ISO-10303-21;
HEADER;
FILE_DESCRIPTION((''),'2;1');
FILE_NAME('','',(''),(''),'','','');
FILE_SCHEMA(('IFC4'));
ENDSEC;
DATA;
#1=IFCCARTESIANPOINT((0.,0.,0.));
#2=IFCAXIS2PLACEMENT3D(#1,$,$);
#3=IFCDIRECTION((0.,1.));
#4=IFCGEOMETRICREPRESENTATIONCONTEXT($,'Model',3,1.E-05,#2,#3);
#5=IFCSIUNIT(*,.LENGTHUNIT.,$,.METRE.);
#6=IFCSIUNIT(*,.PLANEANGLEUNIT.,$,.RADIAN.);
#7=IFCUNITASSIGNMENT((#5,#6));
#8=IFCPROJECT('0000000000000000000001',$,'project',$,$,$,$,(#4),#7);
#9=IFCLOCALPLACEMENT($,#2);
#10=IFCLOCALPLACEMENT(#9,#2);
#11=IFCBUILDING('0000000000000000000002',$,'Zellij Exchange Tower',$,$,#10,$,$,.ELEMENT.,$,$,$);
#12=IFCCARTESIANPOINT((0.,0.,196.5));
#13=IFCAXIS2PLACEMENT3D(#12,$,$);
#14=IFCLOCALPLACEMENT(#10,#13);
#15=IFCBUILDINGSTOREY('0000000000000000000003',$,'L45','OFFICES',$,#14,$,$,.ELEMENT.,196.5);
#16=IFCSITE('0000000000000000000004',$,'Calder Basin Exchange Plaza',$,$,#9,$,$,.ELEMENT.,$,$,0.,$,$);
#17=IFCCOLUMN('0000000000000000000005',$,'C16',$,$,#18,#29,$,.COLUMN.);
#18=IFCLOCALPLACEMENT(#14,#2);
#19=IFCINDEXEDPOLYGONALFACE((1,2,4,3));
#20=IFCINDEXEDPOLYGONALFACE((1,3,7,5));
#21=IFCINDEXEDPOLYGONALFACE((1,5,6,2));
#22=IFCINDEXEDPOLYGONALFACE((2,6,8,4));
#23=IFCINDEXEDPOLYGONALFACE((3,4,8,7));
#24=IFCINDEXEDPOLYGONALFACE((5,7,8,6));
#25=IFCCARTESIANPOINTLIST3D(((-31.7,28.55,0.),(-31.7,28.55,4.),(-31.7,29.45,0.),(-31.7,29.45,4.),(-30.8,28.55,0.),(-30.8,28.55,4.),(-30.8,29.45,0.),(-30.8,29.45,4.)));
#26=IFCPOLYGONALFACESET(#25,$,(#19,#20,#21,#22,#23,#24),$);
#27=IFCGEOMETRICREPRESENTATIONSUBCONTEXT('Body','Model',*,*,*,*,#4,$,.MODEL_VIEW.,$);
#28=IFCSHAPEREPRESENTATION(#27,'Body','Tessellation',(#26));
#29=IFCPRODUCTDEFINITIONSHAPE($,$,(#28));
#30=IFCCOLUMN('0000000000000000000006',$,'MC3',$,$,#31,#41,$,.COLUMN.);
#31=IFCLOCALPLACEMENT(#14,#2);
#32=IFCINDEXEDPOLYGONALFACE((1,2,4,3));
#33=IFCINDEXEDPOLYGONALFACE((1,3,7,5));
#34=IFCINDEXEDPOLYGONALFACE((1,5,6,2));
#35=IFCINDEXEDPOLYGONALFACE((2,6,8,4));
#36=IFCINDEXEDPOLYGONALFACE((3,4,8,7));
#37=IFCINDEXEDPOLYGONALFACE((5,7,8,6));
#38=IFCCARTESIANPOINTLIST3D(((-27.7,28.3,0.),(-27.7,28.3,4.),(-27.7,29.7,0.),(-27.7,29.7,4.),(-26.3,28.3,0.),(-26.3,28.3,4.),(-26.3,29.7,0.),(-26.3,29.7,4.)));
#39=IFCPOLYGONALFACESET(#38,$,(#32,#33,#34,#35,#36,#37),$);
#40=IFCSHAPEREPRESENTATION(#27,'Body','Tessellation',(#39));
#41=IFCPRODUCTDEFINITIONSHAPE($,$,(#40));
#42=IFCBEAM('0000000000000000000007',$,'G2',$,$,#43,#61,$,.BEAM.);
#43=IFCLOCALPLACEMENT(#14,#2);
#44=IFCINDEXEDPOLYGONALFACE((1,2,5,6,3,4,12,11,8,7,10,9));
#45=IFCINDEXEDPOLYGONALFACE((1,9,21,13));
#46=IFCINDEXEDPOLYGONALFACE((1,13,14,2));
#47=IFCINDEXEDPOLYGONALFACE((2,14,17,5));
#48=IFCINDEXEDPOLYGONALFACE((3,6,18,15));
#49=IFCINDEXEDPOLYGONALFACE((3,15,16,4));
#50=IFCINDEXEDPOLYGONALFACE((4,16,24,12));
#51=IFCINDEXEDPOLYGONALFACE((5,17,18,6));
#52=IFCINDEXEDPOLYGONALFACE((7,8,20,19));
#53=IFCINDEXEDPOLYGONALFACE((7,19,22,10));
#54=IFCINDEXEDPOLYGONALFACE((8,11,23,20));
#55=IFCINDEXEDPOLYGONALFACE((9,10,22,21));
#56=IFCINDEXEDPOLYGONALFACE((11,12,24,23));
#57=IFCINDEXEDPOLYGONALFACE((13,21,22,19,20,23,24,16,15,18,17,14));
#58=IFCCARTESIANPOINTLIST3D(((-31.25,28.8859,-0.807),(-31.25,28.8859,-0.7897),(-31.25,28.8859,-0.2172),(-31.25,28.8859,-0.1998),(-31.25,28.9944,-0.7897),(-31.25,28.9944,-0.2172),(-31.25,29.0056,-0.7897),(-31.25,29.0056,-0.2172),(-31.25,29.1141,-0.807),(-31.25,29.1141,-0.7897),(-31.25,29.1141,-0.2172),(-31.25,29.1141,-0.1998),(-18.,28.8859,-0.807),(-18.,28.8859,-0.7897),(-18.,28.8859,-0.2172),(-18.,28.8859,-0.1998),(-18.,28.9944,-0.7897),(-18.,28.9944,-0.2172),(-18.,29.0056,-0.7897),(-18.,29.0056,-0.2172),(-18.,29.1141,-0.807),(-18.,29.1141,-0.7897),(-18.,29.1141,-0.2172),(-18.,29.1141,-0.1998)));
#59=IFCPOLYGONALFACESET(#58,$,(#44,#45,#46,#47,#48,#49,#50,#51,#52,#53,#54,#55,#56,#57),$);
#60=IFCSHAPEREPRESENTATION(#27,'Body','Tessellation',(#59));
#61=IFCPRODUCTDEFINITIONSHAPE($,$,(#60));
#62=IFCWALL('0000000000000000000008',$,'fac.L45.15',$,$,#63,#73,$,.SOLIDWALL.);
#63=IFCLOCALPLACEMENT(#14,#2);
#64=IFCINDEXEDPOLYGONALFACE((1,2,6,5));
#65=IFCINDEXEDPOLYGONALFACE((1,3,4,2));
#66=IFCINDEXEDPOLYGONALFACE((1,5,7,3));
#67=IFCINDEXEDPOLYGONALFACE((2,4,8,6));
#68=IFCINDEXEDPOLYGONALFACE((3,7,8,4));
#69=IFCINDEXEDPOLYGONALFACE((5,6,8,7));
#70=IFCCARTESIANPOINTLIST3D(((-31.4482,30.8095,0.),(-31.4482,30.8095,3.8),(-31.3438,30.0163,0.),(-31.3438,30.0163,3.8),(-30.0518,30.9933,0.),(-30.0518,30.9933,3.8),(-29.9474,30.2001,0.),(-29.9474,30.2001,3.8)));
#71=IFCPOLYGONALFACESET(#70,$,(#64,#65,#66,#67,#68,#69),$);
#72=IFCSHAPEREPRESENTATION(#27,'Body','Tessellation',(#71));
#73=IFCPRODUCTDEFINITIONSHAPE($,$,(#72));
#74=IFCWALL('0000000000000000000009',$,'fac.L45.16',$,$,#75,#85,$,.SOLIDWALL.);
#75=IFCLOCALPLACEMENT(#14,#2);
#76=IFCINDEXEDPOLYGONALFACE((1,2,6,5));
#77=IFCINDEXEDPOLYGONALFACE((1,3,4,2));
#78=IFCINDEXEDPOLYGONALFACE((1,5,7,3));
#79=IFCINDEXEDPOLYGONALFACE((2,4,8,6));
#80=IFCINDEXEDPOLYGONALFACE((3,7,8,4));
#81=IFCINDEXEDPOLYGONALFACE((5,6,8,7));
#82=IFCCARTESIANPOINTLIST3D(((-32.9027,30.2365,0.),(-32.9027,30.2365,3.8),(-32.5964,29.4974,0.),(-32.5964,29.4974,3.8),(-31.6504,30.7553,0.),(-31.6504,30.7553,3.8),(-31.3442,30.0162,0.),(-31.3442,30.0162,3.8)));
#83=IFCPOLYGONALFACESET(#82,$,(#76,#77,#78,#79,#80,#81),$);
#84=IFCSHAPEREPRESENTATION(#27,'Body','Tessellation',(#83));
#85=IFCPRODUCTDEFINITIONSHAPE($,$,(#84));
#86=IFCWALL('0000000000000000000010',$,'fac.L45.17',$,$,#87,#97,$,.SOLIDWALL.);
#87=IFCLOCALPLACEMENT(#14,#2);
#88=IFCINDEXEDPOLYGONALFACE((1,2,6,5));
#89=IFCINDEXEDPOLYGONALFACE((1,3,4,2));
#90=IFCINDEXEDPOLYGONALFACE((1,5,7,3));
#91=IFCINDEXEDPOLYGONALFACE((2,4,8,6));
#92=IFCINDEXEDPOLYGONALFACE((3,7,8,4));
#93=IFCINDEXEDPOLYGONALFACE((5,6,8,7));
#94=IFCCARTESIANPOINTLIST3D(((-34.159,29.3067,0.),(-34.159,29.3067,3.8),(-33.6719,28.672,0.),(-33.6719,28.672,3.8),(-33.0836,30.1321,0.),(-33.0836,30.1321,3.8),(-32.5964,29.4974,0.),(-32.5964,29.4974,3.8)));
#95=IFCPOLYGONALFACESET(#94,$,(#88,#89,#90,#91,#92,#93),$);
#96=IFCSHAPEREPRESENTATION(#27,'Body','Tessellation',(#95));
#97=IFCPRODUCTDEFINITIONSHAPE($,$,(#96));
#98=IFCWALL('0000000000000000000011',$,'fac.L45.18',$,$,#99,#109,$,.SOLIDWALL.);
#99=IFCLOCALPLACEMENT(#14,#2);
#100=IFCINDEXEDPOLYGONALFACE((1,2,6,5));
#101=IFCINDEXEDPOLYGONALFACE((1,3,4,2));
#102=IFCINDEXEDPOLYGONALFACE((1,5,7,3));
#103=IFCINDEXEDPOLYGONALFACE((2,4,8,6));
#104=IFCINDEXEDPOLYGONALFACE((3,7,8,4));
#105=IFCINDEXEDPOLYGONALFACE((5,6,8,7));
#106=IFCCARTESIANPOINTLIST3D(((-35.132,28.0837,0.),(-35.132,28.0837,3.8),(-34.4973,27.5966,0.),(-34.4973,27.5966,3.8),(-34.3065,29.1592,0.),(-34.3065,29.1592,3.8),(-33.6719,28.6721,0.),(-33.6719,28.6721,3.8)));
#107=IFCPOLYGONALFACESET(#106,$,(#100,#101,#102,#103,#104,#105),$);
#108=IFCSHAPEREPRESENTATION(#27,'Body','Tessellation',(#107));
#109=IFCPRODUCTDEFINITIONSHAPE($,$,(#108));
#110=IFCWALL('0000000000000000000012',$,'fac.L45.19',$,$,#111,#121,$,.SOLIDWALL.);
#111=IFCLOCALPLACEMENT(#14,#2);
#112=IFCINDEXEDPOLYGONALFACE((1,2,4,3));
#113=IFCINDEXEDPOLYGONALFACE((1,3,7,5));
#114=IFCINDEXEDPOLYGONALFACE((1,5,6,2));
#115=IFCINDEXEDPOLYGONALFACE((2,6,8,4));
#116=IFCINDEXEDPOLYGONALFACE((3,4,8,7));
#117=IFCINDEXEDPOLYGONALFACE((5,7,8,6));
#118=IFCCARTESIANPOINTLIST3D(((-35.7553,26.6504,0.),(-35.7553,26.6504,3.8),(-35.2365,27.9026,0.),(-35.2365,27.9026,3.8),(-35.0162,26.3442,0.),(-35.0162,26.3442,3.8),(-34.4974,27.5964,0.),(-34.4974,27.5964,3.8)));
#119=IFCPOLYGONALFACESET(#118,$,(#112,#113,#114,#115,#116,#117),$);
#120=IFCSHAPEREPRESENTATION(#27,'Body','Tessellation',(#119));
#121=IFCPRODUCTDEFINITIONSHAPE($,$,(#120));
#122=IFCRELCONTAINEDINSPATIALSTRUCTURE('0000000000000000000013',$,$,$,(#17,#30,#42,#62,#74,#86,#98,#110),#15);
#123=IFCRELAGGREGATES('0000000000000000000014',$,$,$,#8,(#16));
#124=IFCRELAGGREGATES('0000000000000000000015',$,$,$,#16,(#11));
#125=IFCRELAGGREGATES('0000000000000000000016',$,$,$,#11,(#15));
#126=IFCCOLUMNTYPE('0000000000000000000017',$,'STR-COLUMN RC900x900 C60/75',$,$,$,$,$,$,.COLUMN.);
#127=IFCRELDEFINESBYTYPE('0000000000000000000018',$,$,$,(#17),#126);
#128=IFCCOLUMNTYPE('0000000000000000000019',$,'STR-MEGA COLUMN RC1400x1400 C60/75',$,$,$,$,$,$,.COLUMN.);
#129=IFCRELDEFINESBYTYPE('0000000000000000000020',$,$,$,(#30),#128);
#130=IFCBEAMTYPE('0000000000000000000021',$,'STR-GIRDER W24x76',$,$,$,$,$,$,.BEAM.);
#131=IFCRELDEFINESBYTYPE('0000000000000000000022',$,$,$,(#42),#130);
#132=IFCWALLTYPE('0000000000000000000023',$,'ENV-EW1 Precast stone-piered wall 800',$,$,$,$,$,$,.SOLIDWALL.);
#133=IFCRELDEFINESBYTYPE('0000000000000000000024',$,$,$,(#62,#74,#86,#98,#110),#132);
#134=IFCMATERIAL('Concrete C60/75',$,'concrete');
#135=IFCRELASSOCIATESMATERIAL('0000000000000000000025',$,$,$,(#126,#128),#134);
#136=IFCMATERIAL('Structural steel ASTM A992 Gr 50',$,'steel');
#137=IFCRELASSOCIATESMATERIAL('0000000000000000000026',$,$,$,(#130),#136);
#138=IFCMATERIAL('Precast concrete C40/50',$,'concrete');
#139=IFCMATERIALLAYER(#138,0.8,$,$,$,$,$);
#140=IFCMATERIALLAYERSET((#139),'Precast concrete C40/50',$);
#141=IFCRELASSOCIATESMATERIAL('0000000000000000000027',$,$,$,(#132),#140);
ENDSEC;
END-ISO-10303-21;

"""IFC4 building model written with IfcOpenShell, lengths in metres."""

from ifc_helpers import new_model, si_unit, direction, frame, frame_2d, origin, origin_2d, place, context, subcontext, project, spatial, rectangle, i_section, extrude, material, layer, layer_set, material_profile, profile_set, type_object, element, save


model = new_model("IFC4")

# Units and contexts
model_context = context("Model", 3, precision=1e-05, world=origin(), true_north=direction((0.0, 1.0)))
body_context = subcontext(model_context, "Body", "Model", "MODEL_VIEW")
ifc_project = project(units=[si_unit("LENGTHUNIT", "METRE"), si_unit("PLANEANGLEUNIT", "RADIAN")], contexts=[model_context])

# Site, building, storey
site_placement = place(None, origin())
site = spatial("IfcSite", under=ifc_project, at=site_placement, Name="Calder Basin Exchange Plaza", CompositionType="ELEMENT", RefElevation=0.0)
building_placement = place(site_placement, origin())
building = spatial("IfcBuilding", under=site, at=building_placement, Name="Zellij Exchange Tower", CompositionType="ELEMENT")
storey_placement = place(building_placement, frame((0.0, 0.0, 196.5)))
storey = spatial("IfcBuildingStorey", under=building, at=storey_placement, Name="L45", Description="OFFICES", CompositionType="ELEMENT", Elevation=196.5)

# Columns
ifc_material_1 = material(Name="Concrete C60/75", Category="concrete")
ifc_material_profile_1 = material_profile(ifc_material_1, rectangle(XDim=0.8999, YDim=0.8999, at=origin_2d()), Name="STR-COLUMN RC900x900 C60/75")
ifc_profile_set_1 = profile_set([ifc_material_profile_1], Name="Concrete C60/75")
column_type_1 = type_object("IfcColumnType", Name="STR-COLUMN RC900x900 C60/75", PredefinedType="COLUMN", material=ifc_profile_set_1)
column_1_placement = place(storey_placement, frame((-31.25, 29.0, 0.0), z_axis=(0.0, 0.0, 1.0), x_axis=(1.0, 0.0, 0.0)))
element("IfcColumn", 1, at=column_1_placement, inside=storey, type_object=column_type_1, Name="C16", PredefinedType="COLUMN", context=body_context, shape_type="SweptSolid", body=[
    extrude(rectangle(XDim=0.8999, YDim=0.8999, at=origin_2d()), origin(), (0.0, 0.0, 1.0), 4.0),
])
ifc_material_profile_2 = material_profile(ifc_material_1, rectangle(XDim=1.3999, YDim=1.3999, at=origin_2d()), Name="STR-MEGA COLUMN RC1400x1400 C60/75")
ifc_profile_set_2 = profile_set([ifc_material_profile_2], Name="Concrete C60/75")
column_type_2 = type_object("IfcColumnType", Name="STR-MEGA COLUMN RC1400x1400 C60/75", PredefinedType="COLUMN", material=ifc_profile_set_2)
column_2_placement = place(storey_placement, frame((-27.0, 29.0, 0.0), z_axis=(0.0, 0.0, 1.0), x_axis=(1.0, 0.0, 0.0)))
element("IfcColumn", 2, at=column_2_placement, inside=storey, type_object=column_type_2, Name="MC3", PredefinedType="COLUMN", context=body_context, shape_type="SweptSolid", body=[
    extrude(rectangle(XDim=1.3999, YDim=1.3999, at=origin_2d()), origin(), (0.0, 0.0, 1.0), 4.0),
])

# Beam
ifc_material_2 = material(Name="Structural steel ASTM A992 Gr 50", Category="steel")
ifc_material_profile_3 = material_profile(ifc_material_2, i_section(OverallWidth=0.2283, OverallDepth=0.6072, WebThickness=0.0112, FlangeThickness=0.0173, at=origin_2d()), Name="W24x76")
ifc_profile_set_3 = profile_set([ifc_material_profile_3], Name="Structural steel ASTM A992 Gr 50")
beam_type = type_object("IfcBeamType", Name="STR-GIRDER W24x76", PredefinedType="BEAM", material=ifc_profile_set_3)
beam_placement = place(storey_placement, frame((-31.25, 29.0, -0.5034), z_axis=(1.0, 0.0, 0.0), x_axis=(0.0, 1.0, 0.0)))
element("IfcBeam", 3, at=beam_placement, inside=storey, type_object=beam_type, Name="G2", PredefinedType="BEAM", context=body_context, shape_type="SweptSolid", body=[
    extrude(i_section(OverallWidth=0.2283, OverallDepth=0.6072, WebThickness=0.0112, FlangeThickness=0.0173, at=origin_2d()), origin(), (0.0, 0.0, 1.0), 13.25),
])

# Walls
ifc_material_3 = material(Name="Precast concrete C40/50", Category="concrete")
ifc_layer_1 = layer(ifc_material_3, 0.8)
ifc_layer_set_1 = layer_set([ifc_layer_1], Name="Precast concrete C40/50")
wall_type = type_object("IfcWallType", Name="ENV-EW1 Precast stone-piered wall 800", PredefinedType="SOLIDWALL", material=ifc_layer_set_1)
wall_1_placement = place(storey_placement, frame((-29.9998, 30.5967, 0.0), z_axis=(0.0, 0.0, 1.0), x_axis=(-0.991446, -0.130517, 0.0)))
element("IfcWall", 4, at=wall_1_placement, inside=storey, type_object=wall_type, Name="fac.L45.15", PredefinedType="SOLIDWALL", context=body_context, shape_type="SweptSolid", body=[
    extrude(rectangle(XDim=1.4084, YDim=0.8, at=frame_2d((0.7041, 0.0))), origin(), (0.0, 0.0, 1.0), 3.8),
])
wall_2_placement = place(storey_placement, frame((-31.4973, 30.3857, 0.0), z_axis=(0.0, 0.0, 1.0), x_axis=(-0.923848, -0.38276, 0.0)))
element("IfcWall", 5, at=wall_2_placement, inside=storey, type_object=wall_type, Name="fac.L45.16", PredefinedType="SOLIDWALL", context=body_context, shape_type="SweptSolid", body=[
    extrude(rectangle(XDim=1.3555, YDim=0.8, at=frame_2d((0.6777, 0.0))), origin(), (0.0, 0.0, 1.0), 3.8),
])
for number, where, z_axis, x_axis, name in (
    (6, (-32.8401, 29.8147, 0.0), (0.0, 0.0, 1.0), (-0.793273, -0.608866, 0.0), "fac.L45.17"),
    (7, (-33.9893, 28.9155, 0.0), (0.0, 0.0, 1.0), (-0.608866, -0.793273, 0.0), "fac.L45.18"),
):
    element("IfcWall", number, at=place(storey_placement, frame(where, z_axis=z_axis, x_axis=x_axis)), inside=storey, type_object=wall_type, Name=name, PredefinedType="SOLIDWALL", context=body_context, shape_type="SweptSolid", body=[
        extrude(rectangle(XDim=1.3557, YDim=0.8, at=frame_2d((0.6777, 0.0))), origin(), (0.0, 0.0, 1.0), 3.8),
    ])
wall_3_placement = place(storey_placement, frame((-34.8669, 27.7495, 0.0), z_axis=(0.0, 0.0, 1.0), x_axis=(-0.38276, -0.923848, 0.0)))
element("IfcWall", 8, at=wall_3_placement, inside=storey, type_object=wall_type, Name="fac.L45.19", PredefinedType="SOLIDWALL", context=body_context, shape_type="SweptSolid", body=[
    extrude(rectangle(XDim=1.3555, YDim=0.8, at=frame_2d((0.6777, 0.0))), origin(), (0.0, 0.0, 1.0), 3.8),
])

save(model, "model.ifc")
